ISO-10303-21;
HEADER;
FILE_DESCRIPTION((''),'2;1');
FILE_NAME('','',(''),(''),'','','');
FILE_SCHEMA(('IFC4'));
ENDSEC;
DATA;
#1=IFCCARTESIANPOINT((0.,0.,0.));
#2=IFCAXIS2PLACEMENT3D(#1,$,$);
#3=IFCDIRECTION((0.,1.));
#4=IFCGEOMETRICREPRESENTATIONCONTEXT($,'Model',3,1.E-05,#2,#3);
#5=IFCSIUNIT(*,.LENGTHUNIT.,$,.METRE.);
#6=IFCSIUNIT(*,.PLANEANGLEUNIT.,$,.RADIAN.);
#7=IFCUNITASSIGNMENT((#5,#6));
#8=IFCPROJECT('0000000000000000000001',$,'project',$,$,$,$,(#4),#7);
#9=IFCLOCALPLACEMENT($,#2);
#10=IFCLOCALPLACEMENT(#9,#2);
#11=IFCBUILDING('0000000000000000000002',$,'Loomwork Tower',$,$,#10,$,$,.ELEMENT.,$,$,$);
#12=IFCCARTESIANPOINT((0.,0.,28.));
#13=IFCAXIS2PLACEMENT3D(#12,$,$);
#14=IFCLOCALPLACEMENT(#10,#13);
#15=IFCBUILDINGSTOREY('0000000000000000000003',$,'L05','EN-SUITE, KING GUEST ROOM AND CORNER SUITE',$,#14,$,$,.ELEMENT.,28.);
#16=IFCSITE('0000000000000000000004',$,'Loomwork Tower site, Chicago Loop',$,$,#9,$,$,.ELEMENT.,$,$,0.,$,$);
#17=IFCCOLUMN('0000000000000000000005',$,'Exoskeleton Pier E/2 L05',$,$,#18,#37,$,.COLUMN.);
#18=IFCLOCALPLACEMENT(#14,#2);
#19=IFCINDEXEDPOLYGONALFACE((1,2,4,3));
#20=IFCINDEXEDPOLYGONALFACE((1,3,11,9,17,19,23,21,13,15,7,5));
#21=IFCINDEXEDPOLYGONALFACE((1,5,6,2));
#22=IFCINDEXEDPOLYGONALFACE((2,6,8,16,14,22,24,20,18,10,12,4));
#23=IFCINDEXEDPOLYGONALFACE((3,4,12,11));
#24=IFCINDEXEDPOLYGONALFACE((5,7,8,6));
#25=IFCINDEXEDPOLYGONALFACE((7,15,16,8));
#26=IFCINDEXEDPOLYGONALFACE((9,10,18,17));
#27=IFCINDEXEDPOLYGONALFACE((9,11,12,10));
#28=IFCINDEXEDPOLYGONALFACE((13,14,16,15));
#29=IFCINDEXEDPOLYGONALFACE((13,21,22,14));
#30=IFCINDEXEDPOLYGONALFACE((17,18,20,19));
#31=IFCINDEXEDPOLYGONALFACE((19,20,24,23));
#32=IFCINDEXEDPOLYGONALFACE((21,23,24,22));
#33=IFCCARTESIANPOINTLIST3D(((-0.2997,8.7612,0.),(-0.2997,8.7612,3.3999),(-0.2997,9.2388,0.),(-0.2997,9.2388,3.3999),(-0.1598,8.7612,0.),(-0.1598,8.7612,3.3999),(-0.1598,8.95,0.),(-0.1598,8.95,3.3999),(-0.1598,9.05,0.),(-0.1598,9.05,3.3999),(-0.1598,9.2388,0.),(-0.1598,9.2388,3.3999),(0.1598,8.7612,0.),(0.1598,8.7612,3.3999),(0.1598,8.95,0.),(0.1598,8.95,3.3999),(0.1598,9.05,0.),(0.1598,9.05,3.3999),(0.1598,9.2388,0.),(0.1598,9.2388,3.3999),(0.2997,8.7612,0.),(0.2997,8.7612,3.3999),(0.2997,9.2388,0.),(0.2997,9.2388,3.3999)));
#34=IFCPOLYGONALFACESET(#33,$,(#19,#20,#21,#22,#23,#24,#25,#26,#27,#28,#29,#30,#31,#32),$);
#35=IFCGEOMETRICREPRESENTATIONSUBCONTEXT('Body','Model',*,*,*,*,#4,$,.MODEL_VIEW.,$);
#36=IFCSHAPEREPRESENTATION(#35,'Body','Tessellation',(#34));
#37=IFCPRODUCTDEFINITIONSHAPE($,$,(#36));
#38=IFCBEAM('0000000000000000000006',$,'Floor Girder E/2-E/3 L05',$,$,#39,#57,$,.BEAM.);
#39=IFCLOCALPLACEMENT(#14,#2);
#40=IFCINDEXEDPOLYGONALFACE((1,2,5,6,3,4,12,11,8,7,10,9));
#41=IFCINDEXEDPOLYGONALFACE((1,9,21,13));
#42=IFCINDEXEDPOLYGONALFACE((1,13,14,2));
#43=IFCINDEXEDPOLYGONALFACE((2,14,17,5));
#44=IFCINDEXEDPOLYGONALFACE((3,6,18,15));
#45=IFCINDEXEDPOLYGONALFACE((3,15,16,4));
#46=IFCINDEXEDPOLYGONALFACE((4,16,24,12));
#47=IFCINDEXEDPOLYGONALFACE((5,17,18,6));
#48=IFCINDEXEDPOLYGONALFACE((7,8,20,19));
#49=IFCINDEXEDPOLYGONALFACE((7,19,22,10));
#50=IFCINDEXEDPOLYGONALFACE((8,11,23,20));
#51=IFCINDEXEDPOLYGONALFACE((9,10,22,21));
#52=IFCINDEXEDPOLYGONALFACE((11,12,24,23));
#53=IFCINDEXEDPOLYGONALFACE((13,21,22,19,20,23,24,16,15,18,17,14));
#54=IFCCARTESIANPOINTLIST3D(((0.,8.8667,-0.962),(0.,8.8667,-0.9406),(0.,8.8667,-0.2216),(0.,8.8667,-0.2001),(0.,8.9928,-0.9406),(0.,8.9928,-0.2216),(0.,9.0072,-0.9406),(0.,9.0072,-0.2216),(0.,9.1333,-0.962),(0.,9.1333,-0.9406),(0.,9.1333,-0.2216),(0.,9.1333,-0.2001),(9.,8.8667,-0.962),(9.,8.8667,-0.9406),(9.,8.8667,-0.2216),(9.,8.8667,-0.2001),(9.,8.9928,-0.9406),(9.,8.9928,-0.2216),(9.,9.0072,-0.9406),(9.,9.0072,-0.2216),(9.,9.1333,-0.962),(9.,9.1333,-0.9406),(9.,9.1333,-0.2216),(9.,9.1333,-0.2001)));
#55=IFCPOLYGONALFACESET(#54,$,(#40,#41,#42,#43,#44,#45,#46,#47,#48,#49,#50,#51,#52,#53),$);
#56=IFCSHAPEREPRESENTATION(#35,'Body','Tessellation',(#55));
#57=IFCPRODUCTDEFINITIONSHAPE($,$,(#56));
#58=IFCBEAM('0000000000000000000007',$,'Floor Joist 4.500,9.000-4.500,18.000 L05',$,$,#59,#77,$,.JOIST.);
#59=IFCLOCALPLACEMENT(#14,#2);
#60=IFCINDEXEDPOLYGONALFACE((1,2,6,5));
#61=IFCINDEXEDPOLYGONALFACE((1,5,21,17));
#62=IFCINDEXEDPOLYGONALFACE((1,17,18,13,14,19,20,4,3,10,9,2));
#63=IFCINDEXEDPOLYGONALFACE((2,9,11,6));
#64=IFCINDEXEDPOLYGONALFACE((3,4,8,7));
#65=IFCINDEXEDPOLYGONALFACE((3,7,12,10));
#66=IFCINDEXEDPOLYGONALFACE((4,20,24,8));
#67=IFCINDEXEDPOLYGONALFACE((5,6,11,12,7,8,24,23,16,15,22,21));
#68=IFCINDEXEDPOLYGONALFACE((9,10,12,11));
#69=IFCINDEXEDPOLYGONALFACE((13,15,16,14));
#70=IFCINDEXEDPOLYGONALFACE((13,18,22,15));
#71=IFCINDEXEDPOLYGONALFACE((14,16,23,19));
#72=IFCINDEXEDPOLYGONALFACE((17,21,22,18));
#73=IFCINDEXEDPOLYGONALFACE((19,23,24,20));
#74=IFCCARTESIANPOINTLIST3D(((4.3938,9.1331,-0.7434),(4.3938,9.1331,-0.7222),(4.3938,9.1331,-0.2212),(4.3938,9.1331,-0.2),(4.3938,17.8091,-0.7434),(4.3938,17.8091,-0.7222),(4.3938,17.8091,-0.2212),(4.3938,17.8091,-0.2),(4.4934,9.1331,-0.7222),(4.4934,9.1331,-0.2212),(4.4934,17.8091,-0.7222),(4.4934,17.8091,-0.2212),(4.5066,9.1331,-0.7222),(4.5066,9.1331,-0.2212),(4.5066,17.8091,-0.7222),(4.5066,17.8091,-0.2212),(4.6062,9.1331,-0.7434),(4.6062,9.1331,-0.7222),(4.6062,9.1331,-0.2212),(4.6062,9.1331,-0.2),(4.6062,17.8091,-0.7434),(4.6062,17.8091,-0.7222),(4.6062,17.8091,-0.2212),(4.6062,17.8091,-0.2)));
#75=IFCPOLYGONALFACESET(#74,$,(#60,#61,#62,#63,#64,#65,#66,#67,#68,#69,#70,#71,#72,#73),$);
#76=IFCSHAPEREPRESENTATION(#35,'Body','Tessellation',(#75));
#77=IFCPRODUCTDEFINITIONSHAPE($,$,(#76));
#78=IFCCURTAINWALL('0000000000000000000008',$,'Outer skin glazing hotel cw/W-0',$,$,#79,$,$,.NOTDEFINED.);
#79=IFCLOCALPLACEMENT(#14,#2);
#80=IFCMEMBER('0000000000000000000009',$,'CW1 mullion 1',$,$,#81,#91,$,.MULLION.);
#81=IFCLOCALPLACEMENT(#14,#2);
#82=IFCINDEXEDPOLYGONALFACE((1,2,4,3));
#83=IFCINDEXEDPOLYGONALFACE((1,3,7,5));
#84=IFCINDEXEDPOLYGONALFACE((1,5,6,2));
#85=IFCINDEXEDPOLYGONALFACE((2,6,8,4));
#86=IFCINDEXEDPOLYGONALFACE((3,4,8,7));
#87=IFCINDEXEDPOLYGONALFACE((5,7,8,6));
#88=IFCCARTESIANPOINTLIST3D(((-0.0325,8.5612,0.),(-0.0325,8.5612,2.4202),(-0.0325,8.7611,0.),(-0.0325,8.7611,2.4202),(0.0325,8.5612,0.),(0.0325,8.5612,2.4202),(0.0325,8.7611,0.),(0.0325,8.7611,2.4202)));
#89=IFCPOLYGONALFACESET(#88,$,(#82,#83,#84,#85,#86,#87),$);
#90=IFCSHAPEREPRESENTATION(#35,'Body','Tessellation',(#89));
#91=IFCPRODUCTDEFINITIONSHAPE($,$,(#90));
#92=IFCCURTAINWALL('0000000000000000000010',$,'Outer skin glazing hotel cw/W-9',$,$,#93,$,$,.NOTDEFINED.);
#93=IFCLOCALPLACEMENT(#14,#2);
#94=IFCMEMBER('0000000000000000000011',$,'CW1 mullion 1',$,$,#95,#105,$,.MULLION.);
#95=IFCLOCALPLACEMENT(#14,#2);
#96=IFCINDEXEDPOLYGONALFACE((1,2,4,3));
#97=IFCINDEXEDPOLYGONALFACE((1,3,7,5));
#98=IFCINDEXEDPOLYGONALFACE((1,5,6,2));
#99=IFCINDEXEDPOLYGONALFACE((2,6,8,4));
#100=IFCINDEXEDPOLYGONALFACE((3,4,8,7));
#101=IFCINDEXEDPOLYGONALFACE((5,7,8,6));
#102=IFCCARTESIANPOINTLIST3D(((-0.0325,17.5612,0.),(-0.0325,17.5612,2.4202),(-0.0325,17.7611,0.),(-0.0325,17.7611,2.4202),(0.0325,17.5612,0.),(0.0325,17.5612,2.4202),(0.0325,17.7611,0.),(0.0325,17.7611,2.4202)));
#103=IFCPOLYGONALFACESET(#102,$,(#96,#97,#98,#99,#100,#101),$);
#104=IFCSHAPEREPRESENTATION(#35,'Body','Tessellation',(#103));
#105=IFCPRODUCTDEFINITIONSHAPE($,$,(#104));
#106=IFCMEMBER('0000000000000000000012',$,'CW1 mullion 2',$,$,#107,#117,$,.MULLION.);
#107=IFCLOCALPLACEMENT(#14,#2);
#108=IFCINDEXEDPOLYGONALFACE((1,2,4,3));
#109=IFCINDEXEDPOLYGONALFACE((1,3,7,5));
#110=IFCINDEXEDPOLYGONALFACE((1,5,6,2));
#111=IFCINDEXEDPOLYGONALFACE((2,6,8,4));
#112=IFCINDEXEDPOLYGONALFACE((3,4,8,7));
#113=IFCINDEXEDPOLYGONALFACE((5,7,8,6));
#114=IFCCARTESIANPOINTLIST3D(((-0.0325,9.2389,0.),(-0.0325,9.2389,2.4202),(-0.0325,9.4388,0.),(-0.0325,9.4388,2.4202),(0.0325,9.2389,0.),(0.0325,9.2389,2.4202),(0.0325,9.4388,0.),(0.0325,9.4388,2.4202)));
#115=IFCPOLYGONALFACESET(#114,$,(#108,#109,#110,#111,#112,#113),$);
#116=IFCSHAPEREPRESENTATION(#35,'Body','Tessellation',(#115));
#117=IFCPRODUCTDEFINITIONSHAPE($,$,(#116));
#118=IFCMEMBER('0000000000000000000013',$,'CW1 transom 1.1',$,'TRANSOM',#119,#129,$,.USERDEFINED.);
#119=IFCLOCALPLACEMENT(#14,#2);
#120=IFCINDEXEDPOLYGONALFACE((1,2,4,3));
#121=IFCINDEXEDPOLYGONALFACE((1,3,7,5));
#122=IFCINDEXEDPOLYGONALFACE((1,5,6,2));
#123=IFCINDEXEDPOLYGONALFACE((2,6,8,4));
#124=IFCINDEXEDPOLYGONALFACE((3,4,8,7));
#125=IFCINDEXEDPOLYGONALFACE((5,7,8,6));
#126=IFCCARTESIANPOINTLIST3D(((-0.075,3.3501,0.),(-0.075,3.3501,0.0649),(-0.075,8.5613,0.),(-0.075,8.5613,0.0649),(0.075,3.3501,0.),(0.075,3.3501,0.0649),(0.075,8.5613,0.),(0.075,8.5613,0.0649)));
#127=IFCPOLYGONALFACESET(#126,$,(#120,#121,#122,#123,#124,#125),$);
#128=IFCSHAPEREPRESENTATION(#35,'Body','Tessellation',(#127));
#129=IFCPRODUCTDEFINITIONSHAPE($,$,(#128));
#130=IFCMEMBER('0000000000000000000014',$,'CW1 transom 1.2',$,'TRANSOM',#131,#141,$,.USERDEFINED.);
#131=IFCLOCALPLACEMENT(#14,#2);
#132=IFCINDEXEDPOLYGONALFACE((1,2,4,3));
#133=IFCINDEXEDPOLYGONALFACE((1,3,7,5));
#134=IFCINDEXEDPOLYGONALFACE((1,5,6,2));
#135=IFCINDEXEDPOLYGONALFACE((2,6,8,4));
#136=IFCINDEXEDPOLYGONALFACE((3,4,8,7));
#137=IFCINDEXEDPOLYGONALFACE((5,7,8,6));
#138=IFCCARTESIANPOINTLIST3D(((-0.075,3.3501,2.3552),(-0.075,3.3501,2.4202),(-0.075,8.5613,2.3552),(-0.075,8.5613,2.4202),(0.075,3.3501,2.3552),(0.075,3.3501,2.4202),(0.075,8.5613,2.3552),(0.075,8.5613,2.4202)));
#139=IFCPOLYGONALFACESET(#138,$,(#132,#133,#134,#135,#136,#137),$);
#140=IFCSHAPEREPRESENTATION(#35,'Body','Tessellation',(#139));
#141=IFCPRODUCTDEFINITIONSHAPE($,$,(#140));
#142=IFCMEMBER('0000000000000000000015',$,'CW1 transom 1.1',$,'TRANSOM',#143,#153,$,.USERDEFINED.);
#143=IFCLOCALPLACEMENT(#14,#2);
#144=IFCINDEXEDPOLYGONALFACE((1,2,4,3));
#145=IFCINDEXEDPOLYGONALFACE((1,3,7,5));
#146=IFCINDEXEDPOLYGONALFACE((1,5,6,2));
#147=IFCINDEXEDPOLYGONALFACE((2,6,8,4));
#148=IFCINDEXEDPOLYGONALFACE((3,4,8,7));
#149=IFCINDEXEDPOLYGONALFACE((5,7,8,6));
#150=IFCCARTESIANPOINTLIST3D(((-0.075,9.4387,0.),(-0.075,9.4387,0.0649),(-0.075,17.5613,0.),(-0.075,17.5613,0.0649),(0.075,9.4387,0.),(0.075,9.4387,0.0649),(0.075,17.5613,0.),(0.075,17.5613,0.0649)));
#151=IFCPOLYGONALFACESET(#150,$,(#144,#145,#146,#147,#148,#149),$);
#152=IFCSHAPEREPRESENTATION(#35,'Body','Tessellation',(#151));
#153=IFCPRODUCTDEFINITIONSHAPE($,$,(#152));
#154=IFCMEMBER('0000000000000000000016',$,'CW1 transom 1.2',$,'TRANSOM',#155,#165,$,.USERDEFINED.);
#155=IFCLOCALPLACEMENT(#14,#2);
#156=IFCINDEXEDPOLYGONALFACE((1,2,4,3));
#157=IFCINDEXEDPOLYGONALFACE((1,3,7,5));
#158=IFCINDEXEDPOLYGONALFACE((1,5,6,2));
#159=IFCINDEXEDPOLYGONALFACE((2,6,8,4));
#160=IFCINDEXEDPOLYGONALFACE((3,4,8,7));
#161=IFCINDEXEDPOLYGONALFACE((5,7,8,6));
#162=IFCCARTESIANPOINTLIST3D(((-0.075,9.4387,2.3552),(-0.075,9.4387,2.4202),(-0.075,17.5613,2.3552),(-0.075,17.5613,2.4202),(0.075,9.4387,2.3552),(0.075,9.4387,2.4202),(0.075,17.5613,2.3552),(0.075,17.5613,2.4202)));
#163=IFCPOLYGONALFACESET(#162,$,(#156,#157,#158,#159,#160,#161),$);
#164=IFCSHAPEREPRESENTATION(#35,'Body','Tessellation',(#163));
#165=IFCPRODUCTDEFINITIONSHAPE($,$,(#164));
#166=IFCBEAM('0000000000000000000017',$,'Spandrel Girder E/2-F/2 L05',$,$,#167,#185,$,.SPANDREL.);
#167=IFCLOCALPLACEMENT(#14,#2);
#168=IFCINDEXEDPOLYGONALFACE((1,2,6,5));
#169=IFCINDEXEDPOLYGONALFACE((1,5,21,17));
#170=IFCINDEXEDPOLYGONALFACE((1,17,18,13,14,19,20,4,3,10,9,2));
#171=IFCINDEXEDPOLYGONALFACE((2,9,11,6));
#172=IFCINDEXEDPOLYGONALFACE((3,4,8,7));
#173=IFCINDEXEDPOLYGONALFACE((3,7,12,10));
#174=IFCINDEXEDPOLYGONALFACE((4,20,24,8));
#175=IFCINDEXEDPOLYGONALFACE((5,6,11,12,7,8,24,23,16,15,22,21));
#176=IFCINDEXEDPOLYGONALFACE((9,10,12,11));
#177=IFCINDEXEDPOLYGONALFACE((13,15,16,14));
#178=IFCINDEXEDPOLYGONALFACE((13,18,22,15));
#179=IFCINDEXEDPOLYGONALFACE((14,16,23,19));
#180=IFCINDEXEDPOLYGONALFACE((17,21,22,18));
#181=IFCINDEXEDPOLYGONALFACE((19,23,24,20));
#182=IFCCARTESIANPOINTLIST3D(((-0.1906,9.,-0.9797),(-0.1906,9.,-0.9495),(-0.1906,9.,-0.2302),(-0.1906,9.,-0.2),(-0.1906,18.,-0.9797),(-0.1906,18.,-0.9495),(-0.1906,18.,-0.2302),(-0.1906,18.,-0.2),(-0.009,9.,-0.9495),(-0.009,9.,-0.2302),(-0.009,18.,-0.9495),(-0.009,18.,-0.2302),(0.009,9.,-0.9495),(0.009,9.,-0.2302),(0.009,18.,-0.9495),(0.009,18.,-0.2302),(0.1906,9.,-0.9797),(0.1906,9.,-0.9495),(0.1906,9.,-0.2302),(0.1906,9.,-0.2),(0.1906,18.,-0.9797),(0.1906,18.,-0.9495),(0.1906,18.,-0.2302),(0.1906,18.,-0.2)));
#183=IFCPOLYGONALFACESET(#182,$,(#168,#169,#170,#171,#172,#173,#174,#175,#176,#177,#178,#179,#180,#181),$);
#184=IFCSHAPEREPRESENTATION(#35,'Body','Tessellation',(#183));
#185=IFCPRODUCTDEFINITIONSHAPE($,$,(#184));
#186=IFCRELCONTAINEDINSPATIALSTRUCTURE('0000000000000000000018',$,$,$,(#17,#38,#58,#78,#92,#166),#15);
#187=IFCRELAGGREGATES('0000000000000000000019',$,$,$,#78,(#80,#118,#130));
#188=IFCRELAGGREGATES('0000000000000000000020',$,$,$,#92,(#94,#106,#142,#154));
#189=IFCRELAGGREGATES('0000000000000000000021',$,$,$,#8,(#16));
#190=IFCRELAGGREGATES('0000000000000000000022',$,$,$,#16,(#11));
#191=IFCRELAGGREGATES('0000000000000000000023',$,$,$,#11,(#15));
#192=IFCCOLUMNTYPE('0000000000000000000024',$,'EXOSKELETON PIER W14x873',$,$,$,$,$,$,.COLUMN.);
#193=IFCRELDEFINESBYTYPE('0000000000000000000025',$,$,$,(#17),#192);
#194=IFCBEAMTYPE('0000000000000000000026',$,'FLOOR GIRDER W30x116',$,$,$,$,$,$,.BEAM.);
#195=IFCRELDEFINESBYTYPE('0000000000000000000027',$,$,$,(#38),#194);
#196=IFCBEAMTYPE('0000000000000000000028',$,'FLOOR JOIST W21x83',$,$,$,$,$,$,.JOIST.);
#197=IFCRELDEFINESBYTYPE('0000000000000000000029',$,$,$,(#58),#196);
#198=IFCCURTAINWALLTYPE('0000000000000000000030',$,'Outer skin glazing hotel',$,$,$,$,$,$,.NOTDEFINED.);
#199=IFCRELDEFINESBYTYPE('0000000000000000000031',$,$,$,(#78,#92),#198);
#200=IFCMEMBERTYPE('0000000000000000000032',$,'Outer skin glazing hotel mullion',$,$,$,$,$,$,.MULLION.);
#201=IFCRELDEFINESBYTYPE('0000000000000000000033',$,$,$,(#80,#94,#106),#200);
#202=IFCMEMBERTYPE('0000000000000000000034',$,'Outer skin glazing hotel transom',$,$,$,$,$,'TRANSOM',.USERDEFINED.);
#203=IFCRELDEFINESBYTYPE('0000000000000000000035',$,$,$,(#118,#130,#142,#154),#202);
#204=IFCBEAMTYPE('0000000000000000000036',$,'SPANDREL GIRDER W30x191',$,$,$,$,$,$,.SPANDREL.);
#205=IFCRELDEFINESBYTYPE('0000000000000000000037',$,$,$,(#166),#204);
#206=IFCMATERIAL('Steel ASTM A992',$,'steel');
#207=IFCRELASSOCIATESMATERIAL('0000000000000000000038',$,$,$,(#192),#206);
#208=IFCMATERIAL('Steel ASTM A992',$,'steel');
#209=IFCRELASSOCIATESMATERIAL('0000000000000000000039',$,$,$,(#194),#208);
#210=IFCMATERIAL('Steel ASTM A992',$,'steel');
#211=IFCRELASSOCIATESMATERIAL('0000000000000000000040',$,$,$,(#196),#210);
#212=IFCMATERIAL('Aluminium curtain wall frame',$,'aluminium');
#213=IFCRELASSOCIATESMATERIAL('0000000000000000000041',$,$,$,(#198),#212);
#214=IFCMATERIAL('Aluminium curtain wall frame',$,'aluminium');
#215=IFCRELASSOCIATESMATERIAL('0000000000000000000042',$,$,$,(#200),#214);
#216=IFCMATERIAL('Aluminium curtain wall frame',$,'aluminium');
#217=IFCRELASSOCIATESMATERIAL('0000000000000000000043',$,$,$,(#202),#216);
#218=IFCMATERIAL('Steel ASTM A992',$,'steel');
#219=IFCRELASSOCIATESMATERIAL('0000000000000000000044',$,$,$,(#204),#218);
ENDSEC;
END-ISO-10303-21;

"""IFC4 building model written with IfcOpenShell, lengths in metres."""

from ifc_helpers import new_model, si_unit, direction, frame, origin, origin_2d, place, context, subcontext, project, spatial, rectangle, i_section, extrude, material, material_profile, profile_set, type_object, element, aggregate, save


model = new_model("IFC4")

# Units and contexts
model_context = context("Model", 3, precision=1e-05, world=origin(), true_north=direction((0.0, 1.0)))
body_context = subcontext(model_context, "Body", "Model", "MODEL_VIEW")
ifc_project = project(units=[si_unit("LENGTHUNIT", "METRE"), si_unit("PLANEANGLEUNIT", "RADIAN")], contexts=[model_context])

# Site, building, storey
site_placement = place(None, origin())
site = spatial("IfcSite", under=ifc_project, at=site_placement, Name="Loomwork Tower site, Chicago Loop", CompositionType="ELEMENT", RefElevation=0.0)
building_placement = place(site_placement, origin())
building = spatial("IfcBuilding", under=site, at=building_placement, Name="Loomwork Tower", CompositionType="ELEMENT")
storey_placement = place(building_placement, frame((0.0, 0.0, 28.0)))
storey = spatial("IfcBuildingStorey", under=building, at=storey_placement, Name="L05", Description="EN-SUITE, KING GUEST ROOM AND CORNER SUITE", CompositionType="ELEMENT", Elevation=28.0)

# Column
ifc_material_1 = material(Name="Steel ASTM A992", Category="steel")
ifc_material_profile_1 = material_profile(ifc_material_1, i_section(OverallWidth=0.4775, OverallDepth=0.5994, WebThickness=0.1001, FlangeThickness=0.1399, at=origin_2d()), Name="W14x873")
ifc_profile_set_1 = profile_set([ifc_material_profile_1], Name="Steel ASTM A992")
column_type = type_object("IfcColumnType", Name="EXOSKELETON PIER W14x873", PredefinedType="COLUMN", material=ifc_profile_set_1)
column_placement = place(storey_placement, frame((0.0, 9.0, 0.0), z_axis=(0.0, 0.0, 1.0), x_axis=(0.0, 1.0, 0.0)))
element("IfcColumn", 1, at=column_placement, inside=storey, type_object=column_type, Name="Exoskeleton Pier E/2 L05", PredefinedType="COLUMN", context=body_context, shape_type="SweptSolid", body=[
    extrude(i_section(OverallWidth=0.4775, OverallDepth=0.5994, WebThickness=0.1001, FlangeThickness=0.1399, at=origin_2d()), origin(), (0.0, 0.0, 1.0), 3.3999),
])

# Beams
ifc_material_2 = material(Name="Steel ASTM A992", Category="steel")
ifc_material_profile_2 = material_profile(ifc_material_2, i_section(OverallWidth=0.2666, OverallDepth=0.762, WebThickness=0.0144, FlangeThickness=0.0215, at=origin_2d()), Name="W30x116")
ifc_profile_set_2 = profile_set([ifc_material_profile_2], Name="Steel ASTM A992")
beam_type_1 = type_object("IfcBeamType", Name="FLOOR GIRDER W30x116", PredefinedType="BEAM", material=ifc_profile_set_2)
beam_1_placement = place(storey_placement, frame((0.0, 9.0, -0.5811), z_axis=(1.0, 0.0, 0.0), x_axis=(0.0, 1.0, 0.0)))
element("IfcBeam", 2, at=beam_1_placement, inside=storey, type_object=beam_type_1, Name="Floor Girder E/2-E/3 L05", PredefinedType="BEAM", context=body_context, shape_type="SweptSolid", body=[
    extrude(i_section(OverallWidth=0.2666, OverallDepth=0.762, WebThickness=0.0144, FlangeThickness=0.0215, at=origin_2d()), origin(), (0.0, 0.0, 1.0), 9.0),
])
ifc_material_3 = material(Name="Steel ASTM A992", Category="steel")
ifc_material_profile_3 = material_profile(ifc_material_3, i_section(OverallWidth=0.2124, OverallDepth=0.5435, WebThickness=0.0132, FlangeThickness=0.0212, at=origin_2d()), Name="W21x83")
ifc_profile_set_3 = profile_set([ifc_material_profile_3], Name="Steel ASTM A992")
beam_type_2 = type_object("IfcBeamType", Name="FLOOR JOIST W21x83", PredefinedType="JOIST", material=ifc_profile_set_3)
beam_2_placement = place(storey_placement, frame((4.5, 9.1331, -0.4717), z_axis=(0.0, 1.0, 0.0), x_axis=(-1.0, 0.0, 0.0)))
element("IfcBeam", 3, at=beam_2_placement, inside=storey, type_object=beam_type_2, Name="Floor Joist 4.500,9.000-4.500,18.000 L05", PredefinedType="JOIST", context=body_context, shape_type="SweptSolid", body=[
    extrude(i_section(OverallWidth=0.2124, OverallDepth=0.5435, WebThickness=0.0132, FlangeThickness=0.0212, at=origin_2d()), origin(), (0.0, 0.0, 1.0), 8.676),
])

# Curtain wall, member
ifc_material_4 = material(Name="Aluminium curtain wall frame", Category="aluminium")
curtain_wall_type = type_object("IfcCurtainWallType", Name="Outer skin glazing hotel", PredefinedType="NOTDEFINED", material=ifc_material_4)
curtain_wall_1_placement = place(storey_placement, origin())
curtain_wall_1 = element("IfcCurtainWall", 4, at=curtain_wall_1_placement, inside=storey, type_object=curtain_wall_type, Name="Outer skin glazing hotel cw/W-0", PredefinedType="NOTDEFINED")
ifc_material_5 = material(Name="Aluminium curtain wall frame", Category="aluminium")
ifc_material_profile_4 = material_profile(ifc_material_5, rectangle(XDim=0.0649, YDim=0.2, at=origin_2d()), Name="AL 65x200")
ifc_profile_set_4 = profile_set([ifc_material_profile_4], Name="Aluminium curtain wall frame")
member_type_1 = type_object("IfcMemberType", Name="Outer skin glazing hotel mullion", PredefinedType="MULLION", material=ifc_profile_set_4)
member_1_placement = place(storey_placement, frame((0.0, 8.6611, 0.0), z_axis=(0.0, 0.0, 1.0), x_axis=(1.0, 0.0, 0.0)))
member_1 = element("IfcMember", 5, at=member_1_placement, type_object=member_type_1, Name="CW1 mullion 1", PredefinedType="MULLION", context=body_context, shape_type="SweptSolid", body=[
    extrude(rectangle(XDim=0.0649, YDim=0.2, at=origin_2d()), origin(), (0.0, 0.0, 1.0), 2.4202),
])

# Curtain wall, members
curtain_wall_2_placement = place(storey_placement, origin())
curtain_wall_2 = element("IfcCurtainWall", 6, at=curtain_wall_2_placement, inside=storey, type_object=curtain_wall_type, Name="Outer skin glazing hotel cw/W-9", PredefinedType="NOTDEFINED")
member_2_placement = place(storey_placement, frame((0.0, 17.6611, 0.0), z_axis=(0.0, 0.0, 1.0), x_axis=(1.0, 0.0, 0.0)))
member_2 = element("IfcMember", 7, at=member_2_placement, type_object=member_type_1, Name="CW1 mullion 1", PredefinedType="MULLION", context=body_context, shape_type="SweptSolid", body=[
    extrude(rectangle(XDim=0.0649, YDim=0.2, at=origin_2d()), origin(), (0.0, 0.0, 1.0), 2.4202),
])
member_3_placement = place(storey_placement, frame((0.0, 9.3389, 0.0), z_axis=(0.0, 0.0, 1.0), x_axis=(1.0, 0.0, 0.0)))
member_3 = element("IfcMember", 8, at=member_3_placement, type_object=member_type_1, Name="CW1 mullion 2", PredefinedType="MULLION", context=body_context, shape_type="SweptSolid", body=[
    extrude(rectangle(XDim=0.0649, YDim=0.2, at=origin_2d()), origin(), (0.0, 0.0, 1.0), 2.4202),
])

# Members
ifc_material_6 = material(Name="Aluminium curtain wall frame", Category="aluminium")
ifc_material_profile_5 = material_profile(ifc_material_6, rectangle(XDim=0.1499, YDim=0.0649, at=origin_2d()), Name="AL 65x150")
ifc_profile_set_5 = profile_set([ifc_material_profile_5], Name="Aluminium curtain wall frame")
member_type_2 = type_object("IfcMemberType", Name="Outer skin glazing hotel transom", ElementType="TRANSOM", PredefinedType="USERDEFINED", material=ifc_profile_set_5)
member_4_placement = place(storey_placement, frame((0.0, 8.5613, 0.0325), z_axis=(0.0, -1.0, 0.0), x_axis=(1.0, 0.0, 0.0)))
member_4 = element("IfcMember", 9, at=member_4_placement, type_object=member_type_2, Name="CW1 transom 1.1", ObjectType="TRANSOM", PredefinedType="USERDEFINED", context=body_context, shape_type="SweptSolid", body=[
    extrude(rectangle(XDim=0.1499, YDim=0.0649, at=origin_2d()), origin(), (0.0, 0.0, 1.0), 5.2112),
])
member_5_placement = place(storey_placement, frame((0.0, 8.5613, 2.3877), z_axis=(0.0, -1.0, 0.0), x_axis=(1.0, 0.0, 0.0)))
member_5 = element("IfcMember", 10, at=member_5_placement, type_object=member_type_2, Name="CW1 transom 1.2", ObjectType="TRANSOM", PredefinedType="USERDEFINED", context=body_context, shape_type="SweptSolid", body=[
    extrude(rectangle(XDim=0.1499, YDim=0.0649, at=origin_2d()), origin(), (0.0, 0.0, 1.0), 5.2112),
])
member_6_placement = place(storey_placement, frame((0.0, 17.5613, 0.0325), z_axis=(0.0, -1.0, 0.0), x_axis=(1.0, 0.0, 0.0)))
member_6 = element("IfcMember", 11, at=member_6_placement, type_object=member_type_2, Name="CW1 transom 1.1", ObjectType="TRANSOM", PredefinedType="USERDEFINED", context=body_context, shape_type="SweptSolid", body=[
    extrude(rectangle(XDim=0.1499, YDim=0.0649, at=origin_2d()), origin(), (0.0, 0.0, 1.0), 8.1226),
])
member_7_placement = place(storey_placement, frame((0.0, 17.5613, 2.3877), z_axis=(0.0, -1.0, 0.0), x_axis=(1.0, 0.0, 0.0)))
member_7 = element("IfcMember", 12, at=member_7_placement, type_object=member_type_2, Name="CW1 transom 1.2", ObjectType="TRANSOM", PredefinedType="USERDEFINED", context=body_context, shape_type="SweptSolid", body=[
    extrude(rectangle(XDim=0.1499, YDim=0.0649, at=origin_2d()), origin(), (0.0, 0.0, 1.0), 8.1226),
])

# Beam
ifc_material_7 = material(Name="Steel ASTM A992", Category="steel")
ifc_material_profile_6 = material_profile(ifc_material_7, i_section(OverallWidth=0.3811, OverallDepth=0.7798, WebThickness=0.0181, FlangeThickness=0.0303, at=origin_2d()), Name="W30x191")
ifc_profile_set_6 = profile_set([ifc_material_profile_6], Name="Steel ASTM A992")
beam_type_3 = type_object("IfcBeamType", Name="SPANDREL GIRDER W30x191", PredefinedType="SPANDREL", material=ifc_profile_set_6)
beam_3_placement = place(storey_placement, frame((0.0, 9.0, -0.5898), z_axis=(0.0, 1.0, 0.0), x_axis=(-1.0, 0.0, 0.0)))
element("IfcBeam", 13, at=beam_3_placement, inside=storey, type_object=beam_type_3, Name="Spandrel Girder E/2-F/2 L05", PredefinedType="SPANDREL", context=body_context, shape_type="SweptSolid", body=[
    extrude(i_section(OverallWidth=0.3811, OverallDepth=0.7798, WebThickness=0.0181, FlangeThickness=0.0303, at=origin_2d()), origin(), (0.0, 0.0, 1.0), 9.0),
])

aggregate(curtain_wall_1, [member_1, member_4, member_5])
aggregate(curtain_wall_2, [member_2, member_3, member_6, member_7])

save(model, "model.ifc")
